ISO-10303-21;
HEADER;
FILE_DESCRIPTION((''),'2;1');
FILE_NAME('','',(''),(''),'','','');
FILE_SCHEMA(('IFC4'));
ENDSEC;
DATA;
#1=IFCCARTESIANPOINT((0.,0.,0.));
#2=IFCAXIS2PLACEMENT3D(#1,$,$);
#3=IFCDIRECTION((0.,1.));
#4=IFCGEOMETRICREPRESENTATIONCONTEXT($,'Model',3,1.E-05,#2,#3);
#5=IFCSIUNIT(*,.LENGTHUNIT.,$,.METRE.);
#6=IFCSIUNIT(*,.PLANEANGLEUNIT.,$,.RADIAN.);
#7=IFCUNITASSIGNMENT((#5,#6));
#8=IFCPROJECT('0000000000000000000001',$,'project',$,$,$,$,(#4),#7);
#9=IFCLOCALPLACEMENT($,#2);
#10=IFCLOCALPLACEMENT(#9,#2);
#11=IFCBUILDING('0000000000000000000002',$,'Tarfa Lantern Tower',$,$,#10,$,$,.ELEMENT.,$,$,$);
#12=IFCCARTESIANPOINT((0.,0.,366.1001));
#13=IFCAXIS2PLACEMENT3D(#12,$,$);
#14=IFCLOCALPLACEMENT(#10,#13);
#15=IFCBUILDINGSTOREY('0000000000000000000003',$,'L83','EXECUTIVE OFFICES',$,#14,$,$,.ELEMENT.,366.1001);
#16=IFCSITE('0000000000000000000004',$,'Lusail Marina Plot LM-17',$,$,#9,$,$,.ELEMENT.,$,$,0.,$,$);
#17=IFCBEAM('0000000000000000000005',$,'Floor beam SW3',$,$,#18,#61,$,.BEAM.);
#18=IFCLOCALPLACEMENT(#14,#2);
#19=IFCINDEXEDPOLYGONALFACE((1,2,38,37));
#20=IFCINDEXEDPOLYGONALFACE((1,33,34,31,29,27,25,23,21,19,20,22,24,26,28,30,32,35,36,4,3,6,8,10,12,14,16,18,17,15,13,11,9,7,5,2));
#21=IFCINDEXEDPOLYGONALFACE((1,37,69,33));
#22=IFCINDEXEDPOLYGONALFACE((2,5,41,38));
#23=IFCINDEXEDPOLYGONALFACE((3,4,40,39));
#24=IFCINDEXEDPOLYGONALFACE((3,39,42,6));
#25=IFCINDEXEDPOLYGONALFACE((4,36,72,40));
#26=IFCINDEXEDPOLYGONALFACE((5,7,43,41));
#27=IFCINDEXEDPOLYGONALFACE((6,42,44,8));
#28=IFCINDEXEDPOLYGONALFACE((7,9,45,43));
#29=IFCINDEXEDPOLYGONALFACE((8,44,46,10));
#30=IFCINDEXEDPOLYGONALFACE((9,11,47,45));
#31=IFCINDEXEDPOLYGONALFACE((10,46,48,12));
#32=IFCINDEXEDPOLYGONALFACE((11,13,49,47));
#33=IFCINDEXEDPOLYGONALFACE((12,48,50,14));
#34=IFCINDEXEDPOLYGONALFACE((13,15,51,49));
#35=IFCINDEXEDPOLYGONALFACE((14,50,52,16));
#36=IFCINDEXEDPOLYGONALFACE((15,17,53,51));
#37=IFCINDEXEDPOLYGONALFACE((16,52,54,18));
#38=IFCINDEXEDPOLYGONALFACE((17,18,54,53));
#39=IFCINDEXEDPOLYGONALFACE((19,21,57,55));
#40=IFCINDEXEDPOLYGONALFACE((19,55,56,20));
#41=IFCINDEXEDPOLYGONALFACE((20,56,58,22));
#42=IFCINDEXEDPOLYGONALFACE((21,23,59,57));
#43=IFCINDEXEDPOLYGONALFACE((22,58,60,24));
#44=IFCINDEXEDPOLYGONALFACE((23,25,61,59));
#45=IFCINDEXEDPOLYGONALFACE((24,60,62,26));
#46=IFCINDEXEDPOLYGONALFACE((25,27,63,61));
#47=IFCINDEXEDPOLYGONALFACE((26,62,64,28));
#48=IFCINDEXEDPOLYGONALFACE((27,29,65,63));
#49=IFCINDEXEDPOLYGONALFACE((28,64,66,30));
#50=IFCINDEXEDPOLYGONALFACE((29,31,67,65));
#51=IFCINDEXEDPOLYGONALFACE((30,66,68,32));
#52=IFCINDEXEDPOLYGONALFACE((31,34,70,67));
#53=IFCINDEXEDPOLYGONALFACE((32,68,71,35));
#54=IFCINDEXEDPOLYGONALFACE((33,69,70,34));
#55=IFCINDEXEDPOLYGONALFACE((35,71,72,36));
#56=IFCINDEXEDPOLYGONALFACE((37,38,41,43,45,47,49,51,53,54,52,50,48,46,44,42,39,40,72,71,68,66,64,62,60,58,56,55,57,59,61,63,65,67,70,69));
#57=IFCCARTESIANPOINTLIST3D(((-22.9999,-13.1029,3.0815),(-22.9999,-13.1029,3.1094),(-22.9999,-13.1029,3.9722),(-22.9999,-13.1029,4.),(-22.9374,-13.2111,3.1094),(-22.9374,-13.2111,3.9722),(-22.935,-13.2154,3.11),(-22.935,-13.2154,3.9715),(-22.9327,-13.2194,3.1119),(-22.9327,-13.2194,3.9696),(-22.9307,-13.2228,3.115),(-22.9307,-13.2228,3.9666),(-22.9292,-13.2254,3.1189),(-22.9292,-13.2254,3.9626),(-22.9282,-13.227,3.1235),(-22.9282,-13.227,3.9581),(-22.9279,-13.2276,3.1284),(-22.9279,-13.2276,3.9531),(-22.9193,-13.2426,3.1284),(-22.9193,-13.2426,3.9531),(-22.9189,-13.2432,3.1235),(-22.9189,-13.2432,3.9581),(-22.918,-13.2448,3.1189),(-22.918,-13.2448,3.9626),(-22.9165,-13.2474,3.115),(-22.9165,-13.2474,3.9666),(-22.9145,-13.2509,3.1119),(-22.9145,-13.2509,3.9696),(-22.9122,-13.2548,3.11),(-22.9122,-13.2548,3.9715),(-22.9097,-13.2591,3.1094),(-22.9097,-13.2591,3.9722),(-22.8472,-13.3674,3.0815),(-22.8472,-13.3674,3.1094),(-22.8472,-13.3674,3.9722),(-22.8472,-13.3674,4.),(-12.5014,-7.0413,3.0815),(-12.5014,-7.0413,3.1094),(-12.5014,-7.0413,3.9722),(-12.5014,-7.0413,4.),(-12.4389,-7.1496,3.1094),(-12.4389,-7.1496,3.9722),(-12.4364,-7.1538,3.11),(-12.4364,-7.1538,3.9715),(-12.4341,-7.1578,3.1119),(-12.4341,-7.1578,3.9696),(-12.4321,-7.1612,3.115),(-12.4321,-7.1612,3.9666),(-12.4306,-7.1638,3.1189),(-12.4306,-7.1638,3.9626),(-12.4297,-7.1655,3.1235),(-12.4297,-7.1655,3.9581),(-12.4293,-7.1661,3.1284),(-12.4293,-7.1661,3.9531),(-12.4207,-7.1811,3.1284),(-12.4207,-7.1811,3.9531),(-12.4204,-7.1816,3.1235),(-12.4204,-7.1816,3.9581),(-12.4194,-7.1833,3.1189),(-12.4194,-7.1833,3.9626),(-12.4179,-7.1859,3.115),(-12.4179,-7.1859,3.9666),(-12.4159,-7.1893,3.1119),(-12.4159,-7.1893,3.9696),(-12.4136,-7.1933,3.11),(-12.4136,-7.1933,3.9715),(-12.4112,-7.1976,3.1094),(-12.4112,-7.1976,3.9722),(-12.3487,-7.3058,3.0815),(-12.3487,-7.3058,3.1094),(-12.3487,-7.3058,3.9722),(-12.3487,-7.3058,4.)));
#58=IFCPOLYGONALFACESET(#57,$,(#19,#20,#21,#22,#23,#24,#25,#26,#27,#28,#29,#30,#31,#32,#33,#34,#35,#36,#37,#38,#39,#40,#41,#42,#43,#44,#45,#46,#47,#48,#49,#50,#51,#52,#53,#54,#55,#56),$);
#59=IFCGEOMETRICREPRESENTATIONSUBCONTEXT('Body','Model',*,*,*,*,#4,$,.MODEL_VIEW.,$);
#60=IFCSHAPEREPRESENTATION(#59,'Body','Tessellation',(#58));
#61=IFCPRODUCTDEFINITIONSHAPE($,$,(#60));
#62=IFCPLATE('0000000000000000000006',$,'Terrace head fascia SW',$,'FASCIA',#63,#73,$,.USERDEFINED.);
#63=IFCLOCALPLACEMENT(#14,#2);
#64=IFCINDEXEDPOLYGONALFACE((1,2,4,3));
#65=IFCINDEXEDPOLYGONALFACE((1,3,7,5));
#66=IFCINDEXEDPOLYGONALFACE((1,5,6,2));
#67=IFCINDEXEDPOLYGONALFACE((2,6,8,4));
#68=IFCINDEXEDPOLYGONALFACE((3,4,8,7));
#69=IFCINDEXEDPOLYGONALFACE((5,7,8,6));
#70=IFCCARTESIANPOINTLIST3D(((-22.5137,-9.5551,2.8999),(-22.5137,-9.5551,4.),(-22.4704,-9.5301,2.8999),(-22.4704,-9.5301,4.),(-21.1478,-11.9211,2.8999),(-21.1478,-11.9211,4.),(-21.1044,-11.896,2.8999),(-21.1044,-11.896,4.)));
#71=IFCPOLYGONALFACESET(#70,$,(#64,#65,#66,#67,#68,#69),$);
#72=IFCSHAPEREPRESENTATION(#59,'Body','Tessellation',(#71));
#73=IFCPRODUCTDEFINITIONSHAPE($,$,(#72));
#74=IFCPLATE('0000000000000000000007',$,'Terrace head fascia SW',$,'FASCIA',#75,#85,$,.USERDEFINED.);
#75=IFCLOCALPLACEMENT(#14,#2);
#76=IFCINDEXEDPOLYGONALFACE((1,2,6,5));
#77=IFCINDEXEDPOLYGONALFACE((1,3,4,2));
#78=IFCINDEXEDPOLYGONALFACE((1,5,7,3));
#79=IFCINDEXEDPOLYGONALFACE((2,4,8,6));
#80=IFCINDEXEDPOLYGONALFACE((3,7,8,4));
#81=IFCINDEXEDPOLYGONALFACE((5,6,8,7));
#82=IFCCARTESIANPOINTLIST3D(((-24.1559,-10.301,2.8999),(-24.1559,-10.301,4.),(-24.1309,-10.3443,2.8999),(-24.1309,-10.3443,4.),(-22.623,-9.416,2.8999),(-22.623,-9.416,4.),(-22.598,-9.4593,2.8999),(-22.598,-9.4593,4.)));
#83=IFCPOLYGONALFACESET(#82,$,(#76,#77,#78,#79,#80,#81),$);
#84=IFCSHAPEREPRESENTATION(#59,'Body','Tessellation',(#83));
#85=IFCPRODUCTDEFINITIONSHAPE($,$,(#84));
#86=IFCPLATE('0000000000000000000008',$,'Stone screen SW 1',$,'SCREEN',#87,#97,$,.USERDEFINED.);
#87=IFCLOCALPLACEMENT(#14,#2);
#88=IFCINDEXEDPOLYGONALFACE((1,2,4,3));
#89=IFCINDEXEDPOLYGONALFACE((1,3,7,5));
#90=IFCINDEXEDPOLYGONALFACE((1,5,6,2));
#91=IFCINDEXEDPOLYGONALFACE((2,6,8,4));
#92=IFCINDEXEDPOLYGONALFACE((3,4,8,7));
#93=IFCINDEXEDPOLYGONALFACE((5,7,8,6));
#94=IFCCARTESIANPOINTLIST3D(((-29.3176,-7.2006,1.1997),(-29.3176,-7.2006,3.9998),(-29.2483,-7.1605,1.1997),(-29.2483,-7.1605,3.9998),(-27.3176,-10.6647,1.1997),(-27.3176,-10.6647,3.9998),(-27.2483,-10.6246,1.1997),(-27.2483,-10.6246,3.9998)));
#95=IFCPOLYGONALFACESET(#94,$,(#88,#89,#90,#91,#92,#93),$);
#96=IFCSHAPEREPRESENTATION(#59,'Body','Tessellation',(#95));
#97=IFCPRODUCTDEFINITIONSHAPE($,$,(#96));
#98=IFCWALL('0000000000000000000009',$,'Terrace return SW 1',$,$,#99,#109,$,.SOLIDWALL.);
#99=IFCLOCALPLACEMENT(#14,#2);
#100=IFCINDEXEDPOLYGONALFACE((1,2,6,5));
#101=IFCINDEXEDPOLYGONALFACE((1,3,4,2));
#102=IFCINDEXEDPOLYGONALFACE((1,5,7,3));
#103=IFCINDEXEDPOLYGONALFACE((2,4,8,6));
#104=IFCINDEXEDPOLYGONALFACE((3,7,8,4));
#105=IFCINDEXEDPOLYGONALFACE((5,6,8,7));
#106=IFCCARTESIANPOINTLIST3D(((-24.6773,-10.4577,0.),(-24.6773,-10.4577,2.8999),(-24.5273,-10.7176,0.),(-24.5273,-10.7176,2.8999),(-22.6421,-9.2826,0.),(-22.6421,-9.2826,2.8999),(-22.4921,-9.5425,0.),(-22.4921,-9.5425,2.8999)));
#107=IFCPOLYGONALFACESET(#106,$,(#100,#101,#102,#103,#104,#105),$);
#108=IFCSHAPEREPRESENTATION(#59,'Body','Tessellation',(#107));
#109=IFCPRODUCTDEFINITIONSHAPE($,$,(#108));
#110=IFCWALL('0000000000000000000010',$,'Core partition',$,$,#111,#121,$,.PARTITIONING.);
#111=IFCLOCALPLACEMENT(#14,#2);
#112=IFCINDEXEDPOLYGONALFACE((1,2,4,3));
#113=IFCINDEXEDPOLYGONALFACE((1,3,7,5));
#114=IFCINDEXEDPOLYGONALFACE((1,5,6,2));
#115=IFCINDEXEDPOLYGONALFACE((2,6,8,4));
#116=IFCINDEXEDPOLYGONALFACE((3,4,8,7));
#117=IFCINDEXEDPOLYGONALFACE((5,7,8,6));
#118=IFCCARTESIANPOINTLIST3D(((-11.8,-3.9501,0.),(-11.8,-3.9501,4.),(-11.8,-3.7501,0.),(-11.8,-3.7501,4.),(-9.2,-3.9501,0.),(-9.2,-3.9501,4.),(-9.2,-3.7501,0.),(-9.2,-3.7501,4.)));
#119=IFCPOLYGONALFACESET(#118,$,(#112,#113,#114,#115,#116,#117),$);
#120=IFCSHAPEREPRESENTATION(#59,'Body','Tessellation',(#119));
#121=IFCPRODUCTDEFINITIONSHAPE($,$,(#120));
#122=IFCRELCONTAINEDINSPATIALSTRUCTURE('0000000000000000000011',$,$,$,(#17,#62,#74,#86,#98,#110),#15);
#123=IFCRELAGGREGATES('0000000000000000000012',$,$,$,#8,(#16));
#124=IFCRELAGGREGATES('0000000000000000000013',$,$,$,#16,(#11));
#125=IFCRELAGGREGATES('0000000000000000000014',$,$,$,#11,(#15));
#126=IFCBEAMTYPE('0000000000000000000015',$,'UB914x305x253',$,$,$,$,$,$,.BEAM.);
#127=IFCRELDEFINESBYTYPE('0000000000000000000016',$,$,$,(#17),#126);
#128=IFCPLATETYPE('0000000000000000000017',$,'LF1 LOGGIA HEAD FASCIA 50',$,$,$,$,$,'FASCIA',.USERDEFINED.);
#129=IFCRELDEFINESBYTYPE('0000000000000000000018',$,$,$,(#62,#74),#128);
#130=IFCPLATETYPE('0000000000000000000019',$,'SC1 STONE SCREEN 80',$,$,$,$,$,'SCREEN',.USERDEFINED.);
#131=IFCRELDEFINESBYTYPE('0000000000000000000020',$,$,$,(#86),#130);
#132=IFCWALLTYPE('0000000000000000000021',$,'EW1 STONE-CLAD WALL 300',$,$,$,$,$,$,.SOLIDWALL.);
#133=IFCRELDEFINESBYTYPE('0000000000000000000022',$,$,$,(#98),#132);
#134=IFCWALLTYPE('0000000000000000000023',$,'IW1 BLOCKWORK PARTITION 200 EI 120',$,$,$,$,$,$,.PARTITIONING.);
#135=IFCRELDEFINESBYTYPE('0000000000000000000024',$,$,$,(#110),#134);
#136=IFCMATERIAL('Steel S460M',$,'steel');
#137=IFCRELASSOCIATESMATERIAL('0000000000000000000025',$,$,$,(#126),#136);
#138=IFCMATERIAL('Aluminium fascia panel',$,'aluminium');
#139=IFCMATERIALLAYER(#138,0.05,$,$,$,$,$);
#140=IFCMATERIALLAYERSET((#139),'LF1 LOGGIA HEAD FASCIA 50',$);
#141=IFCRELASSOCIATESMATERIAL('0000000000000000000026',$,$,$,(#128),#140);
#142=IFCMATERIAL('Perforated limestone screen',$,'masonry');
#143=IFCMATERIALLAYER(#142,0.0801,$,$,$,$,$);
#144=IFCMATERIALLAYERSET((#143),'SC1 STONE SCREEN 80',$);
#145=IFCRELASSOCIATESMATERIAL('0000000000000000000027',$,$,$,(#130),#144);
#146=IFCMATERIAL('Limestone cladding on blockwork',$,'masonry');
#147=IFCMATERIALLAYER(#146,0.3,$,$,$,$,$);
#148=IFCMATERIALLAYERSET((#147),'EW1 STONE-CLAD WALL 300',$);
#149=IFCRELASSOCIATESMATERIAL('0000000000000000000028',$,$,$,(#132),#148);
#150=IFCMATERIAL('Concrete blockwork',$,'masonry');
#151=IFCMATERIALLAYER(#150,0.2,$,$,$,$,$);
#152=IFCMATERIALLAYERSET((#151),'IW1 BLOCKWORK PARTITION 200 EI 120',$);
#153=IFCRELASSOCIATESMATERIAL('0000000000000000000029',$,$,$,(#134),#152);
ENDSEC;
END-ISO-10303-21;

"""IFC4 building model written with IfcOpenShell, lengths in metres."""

from ifc_helpers import new_model, si_unit, direction, frame, frame_2d, origin, origin_2d, place, context, subcontext, project, spatial, rectangle, i_section, extrude, material, layer, layer_set, material_profile, profile_set, type_object, element, save


model = new_model("IFC4")

# Units and contexts
model_context = context("Model", 3, precision=1e-05, world=origin(), true_north=direction((0.0, 1.0)))
body_context = subcontext(model_context, "Body", "Model", "MODEL_VIEW")
ifc_project = project(units=[si_unit("LENGTHUNIT", "METRE"), si_unit("PLANEANGLEUNIT", "RADIAN")], contexts=[model_context])

# Site, building, storey
site_placement = place(None, origin())
site = spatial("IfcSite", under=ifc_project, at=site_placement, Name="Lusail Marina Plot LM-17", CompositionType="ELEMENT", RefElevation=0.0)
building_placement = place(site_placement, origin())
building = spatial("IfcBuilding", under=site, at=building_placement, Name="Tarfa Lantern Tower", CompositionType="ELEMENT")
storey_placement = place(building_placement, frame((0.0, 0.0, 366.1001)))
storey = spatial("IfcBuildingStorey", under=building, at=storey_placement, Name="L83", Description="EXECUTIVE OFFICES", CompositionType="ELEMENT", Elevation=366.1001)

# Beam
ifc_material_1 = material(Name="Steel S460M", Category="steel")
ifc_material_profile_1 = material_profile(ifc_material_1, i_section(OverallWidth=0.3054, OverallDepth=0.9185, WebThickness=0.0173, FlangeThickness=0.0278, FilletRadius=0.019, at=origin_2d()), Name="UB914x305x253")
ifc_profile_set_1 = profile_set([ifc_material_profile_1], Name="Steel S460M")
beam_type_1 = type_object("IfcBeamType", Name="UB914x305x253", PredefinedType="BEAM", material=ifc_profile_set_1)
beam_1_placement = place(storey_placement, frame((-22.9236, -13.2351, 3.5408), z_axis=(0.866019, 0.500012, 0.0), x_axis=(-0.500012, 0.866019, 0.0)))
element("IfcBeam", 1, at=beam_1_placement, inside=storey, type_object=beam_type_1, Name="Floor beam SW3", PredefinedType="BEAM", context=body_context, shape_type="SweptSolid", body=[
    extrude(i_section(OverallWidth=0.3054, OverallDepth=0.9185, WebThickness=0.0173, FlangeThickness=0.0278, FilletRadius=0.019, at=origin_2d()), origin(), (0.0, 0.0, 1.0), 12.1228),
])

# Plates
ifc_material_2 = material(Name="Aluminium fascia panel", Category="aluminium")
ifc_layer_1 = layer(ifc_material_2, 0.05)
ifc_layer_set_1 = layer_set([ifc_layer_1], Name="LF1 LOGGIA HEAD FASCIA 50")
plate_type_1 = type_object("IfcPlateType", Name="LF1 LOGGIA HEAD FASCIA 50", ElementType="FASCIA", PredefinedType="USERDEFINED", material=ifc_layer_set_1)
plate_1_placement = place(storey_placement, frame((-21.8091, -10.7256, 2.8999), z_axis=(0.0, 0.0, 1.0), x_axis=(0.5, -0.866025, 0.0)))
element("IfcPlate", 2, at=plate_1_placement, inside=storey, type_object=plate_type_1, Name="Terrace head fascia SW", ObjectType="FASCIA", PredefinedType="USERDEFINED", context=body_context, shape_type="SweptSolid", body=[
    extrude(rectangle(XDim=2.7319, YDim=0.05, at=origin_2d()), origin(), (0.0, 0.0, 1.0), 1.1001),
])
plate_2_placement = place(storey_placement, frame((-23.377, -9.8801, 2.8999), z_axis=(0.0, 0.0, 1.0), x_axis=(0.866025, 0.5, 0.0)))
element("IfcPlate", 3, at=plate_2_placement, inside=storey, type_object=plate_type_1, Name="Terrace head fascia SW", ObjectType="FASCIA", PredefinedType="USERDEFINED", context=body_context, shape_type="SweptSolid", body=[
    extrude(rectangle(XDim=1.77, YDim=0.05, at=origin_2d()), origin(), (0.0, 0.0, 1.0), 1.1001),
])
ifc_material_3 = material(Name="Perforated limestone screen", Category="masonry")
ifc_layer_2 = layer(ifc_material_3, 0.0801)
ifc_layer_set_2 = layer_set([ifc_layer_2], Name="SC1 STONE SCREEN 80")
plate_type_2 = type_object("IfcPlateType", Name="SC1 STONE SCREEN 80", ElementType="SCREEN", PredefinedType="USERDEFINED", material=ifc_layer_set_2)
plate_3_placement = place(storey_placement, frame((-28.283, -8.9126, 1.1997), z_axis=(0.0, 0.0, 1.0), x_axis=(0.5, -0.866025, 0.0)))
element("IfcPlate", 4, at=plate_3_placement, inside=storey, type_object=plate_type_2, Name="Stone screen SW 1", ObjectType="SCREEN", PredefinedType="USERDEFINED", context=body_context, shape_type="SweptSolid", body=[
    extrude(rectangle(XDim=4.0, YDim=0.0801, at=origin_2d()), origin(), (0.0, 0.0, 1.0), 2.8),
])

# Shared definitions
ifc_material_4 = material(Name="Limestone cladding on blockwork", Category="masonry")
ifc_layer_3 = layer(ifc_material_4, 0.3)
ifc_layer_set_3 = layer_set([ifc_layer_3], Name="EW1 STONE-CLAD WALL 300")
wall_type_1 = type_object("IfcWallType", Name="EW1 STONE-CLAD WALL 300", PredefinedType="SOLIDWALL", material=ifc_layer_set_3)

# Wall
wall_1_placement = place(storey_placement, frame((-24.6023, -10.5876, 0.0), z_axis=(0.0, 0.0, 1.0), x_axis=(0.866016, 0.500016, 0.0)))
element("IfcWall", 5, at=wall_1_placement, inside=storey, type_object=wall_type_1, Name="Terrace return SW 1", PredefinedType="SOLIDWALL", context=body_context, shape_type="SweptSolid", body=[
    extrude(rectangle(XDim=2.3501, YDim=0.3, at=frame_2d((1.175, 0.0))), origin(), (0.0, 0.0, 1.0), 2.8999),
])

# Wall
ifc_material_5 = material(Name="Concrete blockwork", Category="masonry")
ifc_layer_4 = layer(ifc_material_5, 0.2)
ifc_layer_set_4 = layer_set([ifc_layer_4], Name="IW1 BLOCKWORK PARTITION 200 EI 120")
wall_type_2 = type_object("IfcWallType", Name="IW1 BLOCKWORK PARTITION 200 EI 120", PredefinedType="PARTITIONING", material=ifc_layer_set_4)
wall_2_placement = place(storey_placement, frame((-9.2, -3.8501, 0.0), z_axis=(0.0, 0.0, 1.0), x_axis=(-1.0, 0.0, 0.0)))
element("IfcWall", 6, at=wall_2_placement, inside=storey, type_object=wall_type_2, Name="Core partition", PredefinedType="PARTITIONING", context=body_context, shape_type="SweptSolid", body=[
    extrude(rectangle(XDim=2.6001, YDim=0.2, at=frame_2d((1.3, 0.0))), origin(), (0.0, 0.0, 1.0), 4.0),
])

save(model, "model.ifc")
